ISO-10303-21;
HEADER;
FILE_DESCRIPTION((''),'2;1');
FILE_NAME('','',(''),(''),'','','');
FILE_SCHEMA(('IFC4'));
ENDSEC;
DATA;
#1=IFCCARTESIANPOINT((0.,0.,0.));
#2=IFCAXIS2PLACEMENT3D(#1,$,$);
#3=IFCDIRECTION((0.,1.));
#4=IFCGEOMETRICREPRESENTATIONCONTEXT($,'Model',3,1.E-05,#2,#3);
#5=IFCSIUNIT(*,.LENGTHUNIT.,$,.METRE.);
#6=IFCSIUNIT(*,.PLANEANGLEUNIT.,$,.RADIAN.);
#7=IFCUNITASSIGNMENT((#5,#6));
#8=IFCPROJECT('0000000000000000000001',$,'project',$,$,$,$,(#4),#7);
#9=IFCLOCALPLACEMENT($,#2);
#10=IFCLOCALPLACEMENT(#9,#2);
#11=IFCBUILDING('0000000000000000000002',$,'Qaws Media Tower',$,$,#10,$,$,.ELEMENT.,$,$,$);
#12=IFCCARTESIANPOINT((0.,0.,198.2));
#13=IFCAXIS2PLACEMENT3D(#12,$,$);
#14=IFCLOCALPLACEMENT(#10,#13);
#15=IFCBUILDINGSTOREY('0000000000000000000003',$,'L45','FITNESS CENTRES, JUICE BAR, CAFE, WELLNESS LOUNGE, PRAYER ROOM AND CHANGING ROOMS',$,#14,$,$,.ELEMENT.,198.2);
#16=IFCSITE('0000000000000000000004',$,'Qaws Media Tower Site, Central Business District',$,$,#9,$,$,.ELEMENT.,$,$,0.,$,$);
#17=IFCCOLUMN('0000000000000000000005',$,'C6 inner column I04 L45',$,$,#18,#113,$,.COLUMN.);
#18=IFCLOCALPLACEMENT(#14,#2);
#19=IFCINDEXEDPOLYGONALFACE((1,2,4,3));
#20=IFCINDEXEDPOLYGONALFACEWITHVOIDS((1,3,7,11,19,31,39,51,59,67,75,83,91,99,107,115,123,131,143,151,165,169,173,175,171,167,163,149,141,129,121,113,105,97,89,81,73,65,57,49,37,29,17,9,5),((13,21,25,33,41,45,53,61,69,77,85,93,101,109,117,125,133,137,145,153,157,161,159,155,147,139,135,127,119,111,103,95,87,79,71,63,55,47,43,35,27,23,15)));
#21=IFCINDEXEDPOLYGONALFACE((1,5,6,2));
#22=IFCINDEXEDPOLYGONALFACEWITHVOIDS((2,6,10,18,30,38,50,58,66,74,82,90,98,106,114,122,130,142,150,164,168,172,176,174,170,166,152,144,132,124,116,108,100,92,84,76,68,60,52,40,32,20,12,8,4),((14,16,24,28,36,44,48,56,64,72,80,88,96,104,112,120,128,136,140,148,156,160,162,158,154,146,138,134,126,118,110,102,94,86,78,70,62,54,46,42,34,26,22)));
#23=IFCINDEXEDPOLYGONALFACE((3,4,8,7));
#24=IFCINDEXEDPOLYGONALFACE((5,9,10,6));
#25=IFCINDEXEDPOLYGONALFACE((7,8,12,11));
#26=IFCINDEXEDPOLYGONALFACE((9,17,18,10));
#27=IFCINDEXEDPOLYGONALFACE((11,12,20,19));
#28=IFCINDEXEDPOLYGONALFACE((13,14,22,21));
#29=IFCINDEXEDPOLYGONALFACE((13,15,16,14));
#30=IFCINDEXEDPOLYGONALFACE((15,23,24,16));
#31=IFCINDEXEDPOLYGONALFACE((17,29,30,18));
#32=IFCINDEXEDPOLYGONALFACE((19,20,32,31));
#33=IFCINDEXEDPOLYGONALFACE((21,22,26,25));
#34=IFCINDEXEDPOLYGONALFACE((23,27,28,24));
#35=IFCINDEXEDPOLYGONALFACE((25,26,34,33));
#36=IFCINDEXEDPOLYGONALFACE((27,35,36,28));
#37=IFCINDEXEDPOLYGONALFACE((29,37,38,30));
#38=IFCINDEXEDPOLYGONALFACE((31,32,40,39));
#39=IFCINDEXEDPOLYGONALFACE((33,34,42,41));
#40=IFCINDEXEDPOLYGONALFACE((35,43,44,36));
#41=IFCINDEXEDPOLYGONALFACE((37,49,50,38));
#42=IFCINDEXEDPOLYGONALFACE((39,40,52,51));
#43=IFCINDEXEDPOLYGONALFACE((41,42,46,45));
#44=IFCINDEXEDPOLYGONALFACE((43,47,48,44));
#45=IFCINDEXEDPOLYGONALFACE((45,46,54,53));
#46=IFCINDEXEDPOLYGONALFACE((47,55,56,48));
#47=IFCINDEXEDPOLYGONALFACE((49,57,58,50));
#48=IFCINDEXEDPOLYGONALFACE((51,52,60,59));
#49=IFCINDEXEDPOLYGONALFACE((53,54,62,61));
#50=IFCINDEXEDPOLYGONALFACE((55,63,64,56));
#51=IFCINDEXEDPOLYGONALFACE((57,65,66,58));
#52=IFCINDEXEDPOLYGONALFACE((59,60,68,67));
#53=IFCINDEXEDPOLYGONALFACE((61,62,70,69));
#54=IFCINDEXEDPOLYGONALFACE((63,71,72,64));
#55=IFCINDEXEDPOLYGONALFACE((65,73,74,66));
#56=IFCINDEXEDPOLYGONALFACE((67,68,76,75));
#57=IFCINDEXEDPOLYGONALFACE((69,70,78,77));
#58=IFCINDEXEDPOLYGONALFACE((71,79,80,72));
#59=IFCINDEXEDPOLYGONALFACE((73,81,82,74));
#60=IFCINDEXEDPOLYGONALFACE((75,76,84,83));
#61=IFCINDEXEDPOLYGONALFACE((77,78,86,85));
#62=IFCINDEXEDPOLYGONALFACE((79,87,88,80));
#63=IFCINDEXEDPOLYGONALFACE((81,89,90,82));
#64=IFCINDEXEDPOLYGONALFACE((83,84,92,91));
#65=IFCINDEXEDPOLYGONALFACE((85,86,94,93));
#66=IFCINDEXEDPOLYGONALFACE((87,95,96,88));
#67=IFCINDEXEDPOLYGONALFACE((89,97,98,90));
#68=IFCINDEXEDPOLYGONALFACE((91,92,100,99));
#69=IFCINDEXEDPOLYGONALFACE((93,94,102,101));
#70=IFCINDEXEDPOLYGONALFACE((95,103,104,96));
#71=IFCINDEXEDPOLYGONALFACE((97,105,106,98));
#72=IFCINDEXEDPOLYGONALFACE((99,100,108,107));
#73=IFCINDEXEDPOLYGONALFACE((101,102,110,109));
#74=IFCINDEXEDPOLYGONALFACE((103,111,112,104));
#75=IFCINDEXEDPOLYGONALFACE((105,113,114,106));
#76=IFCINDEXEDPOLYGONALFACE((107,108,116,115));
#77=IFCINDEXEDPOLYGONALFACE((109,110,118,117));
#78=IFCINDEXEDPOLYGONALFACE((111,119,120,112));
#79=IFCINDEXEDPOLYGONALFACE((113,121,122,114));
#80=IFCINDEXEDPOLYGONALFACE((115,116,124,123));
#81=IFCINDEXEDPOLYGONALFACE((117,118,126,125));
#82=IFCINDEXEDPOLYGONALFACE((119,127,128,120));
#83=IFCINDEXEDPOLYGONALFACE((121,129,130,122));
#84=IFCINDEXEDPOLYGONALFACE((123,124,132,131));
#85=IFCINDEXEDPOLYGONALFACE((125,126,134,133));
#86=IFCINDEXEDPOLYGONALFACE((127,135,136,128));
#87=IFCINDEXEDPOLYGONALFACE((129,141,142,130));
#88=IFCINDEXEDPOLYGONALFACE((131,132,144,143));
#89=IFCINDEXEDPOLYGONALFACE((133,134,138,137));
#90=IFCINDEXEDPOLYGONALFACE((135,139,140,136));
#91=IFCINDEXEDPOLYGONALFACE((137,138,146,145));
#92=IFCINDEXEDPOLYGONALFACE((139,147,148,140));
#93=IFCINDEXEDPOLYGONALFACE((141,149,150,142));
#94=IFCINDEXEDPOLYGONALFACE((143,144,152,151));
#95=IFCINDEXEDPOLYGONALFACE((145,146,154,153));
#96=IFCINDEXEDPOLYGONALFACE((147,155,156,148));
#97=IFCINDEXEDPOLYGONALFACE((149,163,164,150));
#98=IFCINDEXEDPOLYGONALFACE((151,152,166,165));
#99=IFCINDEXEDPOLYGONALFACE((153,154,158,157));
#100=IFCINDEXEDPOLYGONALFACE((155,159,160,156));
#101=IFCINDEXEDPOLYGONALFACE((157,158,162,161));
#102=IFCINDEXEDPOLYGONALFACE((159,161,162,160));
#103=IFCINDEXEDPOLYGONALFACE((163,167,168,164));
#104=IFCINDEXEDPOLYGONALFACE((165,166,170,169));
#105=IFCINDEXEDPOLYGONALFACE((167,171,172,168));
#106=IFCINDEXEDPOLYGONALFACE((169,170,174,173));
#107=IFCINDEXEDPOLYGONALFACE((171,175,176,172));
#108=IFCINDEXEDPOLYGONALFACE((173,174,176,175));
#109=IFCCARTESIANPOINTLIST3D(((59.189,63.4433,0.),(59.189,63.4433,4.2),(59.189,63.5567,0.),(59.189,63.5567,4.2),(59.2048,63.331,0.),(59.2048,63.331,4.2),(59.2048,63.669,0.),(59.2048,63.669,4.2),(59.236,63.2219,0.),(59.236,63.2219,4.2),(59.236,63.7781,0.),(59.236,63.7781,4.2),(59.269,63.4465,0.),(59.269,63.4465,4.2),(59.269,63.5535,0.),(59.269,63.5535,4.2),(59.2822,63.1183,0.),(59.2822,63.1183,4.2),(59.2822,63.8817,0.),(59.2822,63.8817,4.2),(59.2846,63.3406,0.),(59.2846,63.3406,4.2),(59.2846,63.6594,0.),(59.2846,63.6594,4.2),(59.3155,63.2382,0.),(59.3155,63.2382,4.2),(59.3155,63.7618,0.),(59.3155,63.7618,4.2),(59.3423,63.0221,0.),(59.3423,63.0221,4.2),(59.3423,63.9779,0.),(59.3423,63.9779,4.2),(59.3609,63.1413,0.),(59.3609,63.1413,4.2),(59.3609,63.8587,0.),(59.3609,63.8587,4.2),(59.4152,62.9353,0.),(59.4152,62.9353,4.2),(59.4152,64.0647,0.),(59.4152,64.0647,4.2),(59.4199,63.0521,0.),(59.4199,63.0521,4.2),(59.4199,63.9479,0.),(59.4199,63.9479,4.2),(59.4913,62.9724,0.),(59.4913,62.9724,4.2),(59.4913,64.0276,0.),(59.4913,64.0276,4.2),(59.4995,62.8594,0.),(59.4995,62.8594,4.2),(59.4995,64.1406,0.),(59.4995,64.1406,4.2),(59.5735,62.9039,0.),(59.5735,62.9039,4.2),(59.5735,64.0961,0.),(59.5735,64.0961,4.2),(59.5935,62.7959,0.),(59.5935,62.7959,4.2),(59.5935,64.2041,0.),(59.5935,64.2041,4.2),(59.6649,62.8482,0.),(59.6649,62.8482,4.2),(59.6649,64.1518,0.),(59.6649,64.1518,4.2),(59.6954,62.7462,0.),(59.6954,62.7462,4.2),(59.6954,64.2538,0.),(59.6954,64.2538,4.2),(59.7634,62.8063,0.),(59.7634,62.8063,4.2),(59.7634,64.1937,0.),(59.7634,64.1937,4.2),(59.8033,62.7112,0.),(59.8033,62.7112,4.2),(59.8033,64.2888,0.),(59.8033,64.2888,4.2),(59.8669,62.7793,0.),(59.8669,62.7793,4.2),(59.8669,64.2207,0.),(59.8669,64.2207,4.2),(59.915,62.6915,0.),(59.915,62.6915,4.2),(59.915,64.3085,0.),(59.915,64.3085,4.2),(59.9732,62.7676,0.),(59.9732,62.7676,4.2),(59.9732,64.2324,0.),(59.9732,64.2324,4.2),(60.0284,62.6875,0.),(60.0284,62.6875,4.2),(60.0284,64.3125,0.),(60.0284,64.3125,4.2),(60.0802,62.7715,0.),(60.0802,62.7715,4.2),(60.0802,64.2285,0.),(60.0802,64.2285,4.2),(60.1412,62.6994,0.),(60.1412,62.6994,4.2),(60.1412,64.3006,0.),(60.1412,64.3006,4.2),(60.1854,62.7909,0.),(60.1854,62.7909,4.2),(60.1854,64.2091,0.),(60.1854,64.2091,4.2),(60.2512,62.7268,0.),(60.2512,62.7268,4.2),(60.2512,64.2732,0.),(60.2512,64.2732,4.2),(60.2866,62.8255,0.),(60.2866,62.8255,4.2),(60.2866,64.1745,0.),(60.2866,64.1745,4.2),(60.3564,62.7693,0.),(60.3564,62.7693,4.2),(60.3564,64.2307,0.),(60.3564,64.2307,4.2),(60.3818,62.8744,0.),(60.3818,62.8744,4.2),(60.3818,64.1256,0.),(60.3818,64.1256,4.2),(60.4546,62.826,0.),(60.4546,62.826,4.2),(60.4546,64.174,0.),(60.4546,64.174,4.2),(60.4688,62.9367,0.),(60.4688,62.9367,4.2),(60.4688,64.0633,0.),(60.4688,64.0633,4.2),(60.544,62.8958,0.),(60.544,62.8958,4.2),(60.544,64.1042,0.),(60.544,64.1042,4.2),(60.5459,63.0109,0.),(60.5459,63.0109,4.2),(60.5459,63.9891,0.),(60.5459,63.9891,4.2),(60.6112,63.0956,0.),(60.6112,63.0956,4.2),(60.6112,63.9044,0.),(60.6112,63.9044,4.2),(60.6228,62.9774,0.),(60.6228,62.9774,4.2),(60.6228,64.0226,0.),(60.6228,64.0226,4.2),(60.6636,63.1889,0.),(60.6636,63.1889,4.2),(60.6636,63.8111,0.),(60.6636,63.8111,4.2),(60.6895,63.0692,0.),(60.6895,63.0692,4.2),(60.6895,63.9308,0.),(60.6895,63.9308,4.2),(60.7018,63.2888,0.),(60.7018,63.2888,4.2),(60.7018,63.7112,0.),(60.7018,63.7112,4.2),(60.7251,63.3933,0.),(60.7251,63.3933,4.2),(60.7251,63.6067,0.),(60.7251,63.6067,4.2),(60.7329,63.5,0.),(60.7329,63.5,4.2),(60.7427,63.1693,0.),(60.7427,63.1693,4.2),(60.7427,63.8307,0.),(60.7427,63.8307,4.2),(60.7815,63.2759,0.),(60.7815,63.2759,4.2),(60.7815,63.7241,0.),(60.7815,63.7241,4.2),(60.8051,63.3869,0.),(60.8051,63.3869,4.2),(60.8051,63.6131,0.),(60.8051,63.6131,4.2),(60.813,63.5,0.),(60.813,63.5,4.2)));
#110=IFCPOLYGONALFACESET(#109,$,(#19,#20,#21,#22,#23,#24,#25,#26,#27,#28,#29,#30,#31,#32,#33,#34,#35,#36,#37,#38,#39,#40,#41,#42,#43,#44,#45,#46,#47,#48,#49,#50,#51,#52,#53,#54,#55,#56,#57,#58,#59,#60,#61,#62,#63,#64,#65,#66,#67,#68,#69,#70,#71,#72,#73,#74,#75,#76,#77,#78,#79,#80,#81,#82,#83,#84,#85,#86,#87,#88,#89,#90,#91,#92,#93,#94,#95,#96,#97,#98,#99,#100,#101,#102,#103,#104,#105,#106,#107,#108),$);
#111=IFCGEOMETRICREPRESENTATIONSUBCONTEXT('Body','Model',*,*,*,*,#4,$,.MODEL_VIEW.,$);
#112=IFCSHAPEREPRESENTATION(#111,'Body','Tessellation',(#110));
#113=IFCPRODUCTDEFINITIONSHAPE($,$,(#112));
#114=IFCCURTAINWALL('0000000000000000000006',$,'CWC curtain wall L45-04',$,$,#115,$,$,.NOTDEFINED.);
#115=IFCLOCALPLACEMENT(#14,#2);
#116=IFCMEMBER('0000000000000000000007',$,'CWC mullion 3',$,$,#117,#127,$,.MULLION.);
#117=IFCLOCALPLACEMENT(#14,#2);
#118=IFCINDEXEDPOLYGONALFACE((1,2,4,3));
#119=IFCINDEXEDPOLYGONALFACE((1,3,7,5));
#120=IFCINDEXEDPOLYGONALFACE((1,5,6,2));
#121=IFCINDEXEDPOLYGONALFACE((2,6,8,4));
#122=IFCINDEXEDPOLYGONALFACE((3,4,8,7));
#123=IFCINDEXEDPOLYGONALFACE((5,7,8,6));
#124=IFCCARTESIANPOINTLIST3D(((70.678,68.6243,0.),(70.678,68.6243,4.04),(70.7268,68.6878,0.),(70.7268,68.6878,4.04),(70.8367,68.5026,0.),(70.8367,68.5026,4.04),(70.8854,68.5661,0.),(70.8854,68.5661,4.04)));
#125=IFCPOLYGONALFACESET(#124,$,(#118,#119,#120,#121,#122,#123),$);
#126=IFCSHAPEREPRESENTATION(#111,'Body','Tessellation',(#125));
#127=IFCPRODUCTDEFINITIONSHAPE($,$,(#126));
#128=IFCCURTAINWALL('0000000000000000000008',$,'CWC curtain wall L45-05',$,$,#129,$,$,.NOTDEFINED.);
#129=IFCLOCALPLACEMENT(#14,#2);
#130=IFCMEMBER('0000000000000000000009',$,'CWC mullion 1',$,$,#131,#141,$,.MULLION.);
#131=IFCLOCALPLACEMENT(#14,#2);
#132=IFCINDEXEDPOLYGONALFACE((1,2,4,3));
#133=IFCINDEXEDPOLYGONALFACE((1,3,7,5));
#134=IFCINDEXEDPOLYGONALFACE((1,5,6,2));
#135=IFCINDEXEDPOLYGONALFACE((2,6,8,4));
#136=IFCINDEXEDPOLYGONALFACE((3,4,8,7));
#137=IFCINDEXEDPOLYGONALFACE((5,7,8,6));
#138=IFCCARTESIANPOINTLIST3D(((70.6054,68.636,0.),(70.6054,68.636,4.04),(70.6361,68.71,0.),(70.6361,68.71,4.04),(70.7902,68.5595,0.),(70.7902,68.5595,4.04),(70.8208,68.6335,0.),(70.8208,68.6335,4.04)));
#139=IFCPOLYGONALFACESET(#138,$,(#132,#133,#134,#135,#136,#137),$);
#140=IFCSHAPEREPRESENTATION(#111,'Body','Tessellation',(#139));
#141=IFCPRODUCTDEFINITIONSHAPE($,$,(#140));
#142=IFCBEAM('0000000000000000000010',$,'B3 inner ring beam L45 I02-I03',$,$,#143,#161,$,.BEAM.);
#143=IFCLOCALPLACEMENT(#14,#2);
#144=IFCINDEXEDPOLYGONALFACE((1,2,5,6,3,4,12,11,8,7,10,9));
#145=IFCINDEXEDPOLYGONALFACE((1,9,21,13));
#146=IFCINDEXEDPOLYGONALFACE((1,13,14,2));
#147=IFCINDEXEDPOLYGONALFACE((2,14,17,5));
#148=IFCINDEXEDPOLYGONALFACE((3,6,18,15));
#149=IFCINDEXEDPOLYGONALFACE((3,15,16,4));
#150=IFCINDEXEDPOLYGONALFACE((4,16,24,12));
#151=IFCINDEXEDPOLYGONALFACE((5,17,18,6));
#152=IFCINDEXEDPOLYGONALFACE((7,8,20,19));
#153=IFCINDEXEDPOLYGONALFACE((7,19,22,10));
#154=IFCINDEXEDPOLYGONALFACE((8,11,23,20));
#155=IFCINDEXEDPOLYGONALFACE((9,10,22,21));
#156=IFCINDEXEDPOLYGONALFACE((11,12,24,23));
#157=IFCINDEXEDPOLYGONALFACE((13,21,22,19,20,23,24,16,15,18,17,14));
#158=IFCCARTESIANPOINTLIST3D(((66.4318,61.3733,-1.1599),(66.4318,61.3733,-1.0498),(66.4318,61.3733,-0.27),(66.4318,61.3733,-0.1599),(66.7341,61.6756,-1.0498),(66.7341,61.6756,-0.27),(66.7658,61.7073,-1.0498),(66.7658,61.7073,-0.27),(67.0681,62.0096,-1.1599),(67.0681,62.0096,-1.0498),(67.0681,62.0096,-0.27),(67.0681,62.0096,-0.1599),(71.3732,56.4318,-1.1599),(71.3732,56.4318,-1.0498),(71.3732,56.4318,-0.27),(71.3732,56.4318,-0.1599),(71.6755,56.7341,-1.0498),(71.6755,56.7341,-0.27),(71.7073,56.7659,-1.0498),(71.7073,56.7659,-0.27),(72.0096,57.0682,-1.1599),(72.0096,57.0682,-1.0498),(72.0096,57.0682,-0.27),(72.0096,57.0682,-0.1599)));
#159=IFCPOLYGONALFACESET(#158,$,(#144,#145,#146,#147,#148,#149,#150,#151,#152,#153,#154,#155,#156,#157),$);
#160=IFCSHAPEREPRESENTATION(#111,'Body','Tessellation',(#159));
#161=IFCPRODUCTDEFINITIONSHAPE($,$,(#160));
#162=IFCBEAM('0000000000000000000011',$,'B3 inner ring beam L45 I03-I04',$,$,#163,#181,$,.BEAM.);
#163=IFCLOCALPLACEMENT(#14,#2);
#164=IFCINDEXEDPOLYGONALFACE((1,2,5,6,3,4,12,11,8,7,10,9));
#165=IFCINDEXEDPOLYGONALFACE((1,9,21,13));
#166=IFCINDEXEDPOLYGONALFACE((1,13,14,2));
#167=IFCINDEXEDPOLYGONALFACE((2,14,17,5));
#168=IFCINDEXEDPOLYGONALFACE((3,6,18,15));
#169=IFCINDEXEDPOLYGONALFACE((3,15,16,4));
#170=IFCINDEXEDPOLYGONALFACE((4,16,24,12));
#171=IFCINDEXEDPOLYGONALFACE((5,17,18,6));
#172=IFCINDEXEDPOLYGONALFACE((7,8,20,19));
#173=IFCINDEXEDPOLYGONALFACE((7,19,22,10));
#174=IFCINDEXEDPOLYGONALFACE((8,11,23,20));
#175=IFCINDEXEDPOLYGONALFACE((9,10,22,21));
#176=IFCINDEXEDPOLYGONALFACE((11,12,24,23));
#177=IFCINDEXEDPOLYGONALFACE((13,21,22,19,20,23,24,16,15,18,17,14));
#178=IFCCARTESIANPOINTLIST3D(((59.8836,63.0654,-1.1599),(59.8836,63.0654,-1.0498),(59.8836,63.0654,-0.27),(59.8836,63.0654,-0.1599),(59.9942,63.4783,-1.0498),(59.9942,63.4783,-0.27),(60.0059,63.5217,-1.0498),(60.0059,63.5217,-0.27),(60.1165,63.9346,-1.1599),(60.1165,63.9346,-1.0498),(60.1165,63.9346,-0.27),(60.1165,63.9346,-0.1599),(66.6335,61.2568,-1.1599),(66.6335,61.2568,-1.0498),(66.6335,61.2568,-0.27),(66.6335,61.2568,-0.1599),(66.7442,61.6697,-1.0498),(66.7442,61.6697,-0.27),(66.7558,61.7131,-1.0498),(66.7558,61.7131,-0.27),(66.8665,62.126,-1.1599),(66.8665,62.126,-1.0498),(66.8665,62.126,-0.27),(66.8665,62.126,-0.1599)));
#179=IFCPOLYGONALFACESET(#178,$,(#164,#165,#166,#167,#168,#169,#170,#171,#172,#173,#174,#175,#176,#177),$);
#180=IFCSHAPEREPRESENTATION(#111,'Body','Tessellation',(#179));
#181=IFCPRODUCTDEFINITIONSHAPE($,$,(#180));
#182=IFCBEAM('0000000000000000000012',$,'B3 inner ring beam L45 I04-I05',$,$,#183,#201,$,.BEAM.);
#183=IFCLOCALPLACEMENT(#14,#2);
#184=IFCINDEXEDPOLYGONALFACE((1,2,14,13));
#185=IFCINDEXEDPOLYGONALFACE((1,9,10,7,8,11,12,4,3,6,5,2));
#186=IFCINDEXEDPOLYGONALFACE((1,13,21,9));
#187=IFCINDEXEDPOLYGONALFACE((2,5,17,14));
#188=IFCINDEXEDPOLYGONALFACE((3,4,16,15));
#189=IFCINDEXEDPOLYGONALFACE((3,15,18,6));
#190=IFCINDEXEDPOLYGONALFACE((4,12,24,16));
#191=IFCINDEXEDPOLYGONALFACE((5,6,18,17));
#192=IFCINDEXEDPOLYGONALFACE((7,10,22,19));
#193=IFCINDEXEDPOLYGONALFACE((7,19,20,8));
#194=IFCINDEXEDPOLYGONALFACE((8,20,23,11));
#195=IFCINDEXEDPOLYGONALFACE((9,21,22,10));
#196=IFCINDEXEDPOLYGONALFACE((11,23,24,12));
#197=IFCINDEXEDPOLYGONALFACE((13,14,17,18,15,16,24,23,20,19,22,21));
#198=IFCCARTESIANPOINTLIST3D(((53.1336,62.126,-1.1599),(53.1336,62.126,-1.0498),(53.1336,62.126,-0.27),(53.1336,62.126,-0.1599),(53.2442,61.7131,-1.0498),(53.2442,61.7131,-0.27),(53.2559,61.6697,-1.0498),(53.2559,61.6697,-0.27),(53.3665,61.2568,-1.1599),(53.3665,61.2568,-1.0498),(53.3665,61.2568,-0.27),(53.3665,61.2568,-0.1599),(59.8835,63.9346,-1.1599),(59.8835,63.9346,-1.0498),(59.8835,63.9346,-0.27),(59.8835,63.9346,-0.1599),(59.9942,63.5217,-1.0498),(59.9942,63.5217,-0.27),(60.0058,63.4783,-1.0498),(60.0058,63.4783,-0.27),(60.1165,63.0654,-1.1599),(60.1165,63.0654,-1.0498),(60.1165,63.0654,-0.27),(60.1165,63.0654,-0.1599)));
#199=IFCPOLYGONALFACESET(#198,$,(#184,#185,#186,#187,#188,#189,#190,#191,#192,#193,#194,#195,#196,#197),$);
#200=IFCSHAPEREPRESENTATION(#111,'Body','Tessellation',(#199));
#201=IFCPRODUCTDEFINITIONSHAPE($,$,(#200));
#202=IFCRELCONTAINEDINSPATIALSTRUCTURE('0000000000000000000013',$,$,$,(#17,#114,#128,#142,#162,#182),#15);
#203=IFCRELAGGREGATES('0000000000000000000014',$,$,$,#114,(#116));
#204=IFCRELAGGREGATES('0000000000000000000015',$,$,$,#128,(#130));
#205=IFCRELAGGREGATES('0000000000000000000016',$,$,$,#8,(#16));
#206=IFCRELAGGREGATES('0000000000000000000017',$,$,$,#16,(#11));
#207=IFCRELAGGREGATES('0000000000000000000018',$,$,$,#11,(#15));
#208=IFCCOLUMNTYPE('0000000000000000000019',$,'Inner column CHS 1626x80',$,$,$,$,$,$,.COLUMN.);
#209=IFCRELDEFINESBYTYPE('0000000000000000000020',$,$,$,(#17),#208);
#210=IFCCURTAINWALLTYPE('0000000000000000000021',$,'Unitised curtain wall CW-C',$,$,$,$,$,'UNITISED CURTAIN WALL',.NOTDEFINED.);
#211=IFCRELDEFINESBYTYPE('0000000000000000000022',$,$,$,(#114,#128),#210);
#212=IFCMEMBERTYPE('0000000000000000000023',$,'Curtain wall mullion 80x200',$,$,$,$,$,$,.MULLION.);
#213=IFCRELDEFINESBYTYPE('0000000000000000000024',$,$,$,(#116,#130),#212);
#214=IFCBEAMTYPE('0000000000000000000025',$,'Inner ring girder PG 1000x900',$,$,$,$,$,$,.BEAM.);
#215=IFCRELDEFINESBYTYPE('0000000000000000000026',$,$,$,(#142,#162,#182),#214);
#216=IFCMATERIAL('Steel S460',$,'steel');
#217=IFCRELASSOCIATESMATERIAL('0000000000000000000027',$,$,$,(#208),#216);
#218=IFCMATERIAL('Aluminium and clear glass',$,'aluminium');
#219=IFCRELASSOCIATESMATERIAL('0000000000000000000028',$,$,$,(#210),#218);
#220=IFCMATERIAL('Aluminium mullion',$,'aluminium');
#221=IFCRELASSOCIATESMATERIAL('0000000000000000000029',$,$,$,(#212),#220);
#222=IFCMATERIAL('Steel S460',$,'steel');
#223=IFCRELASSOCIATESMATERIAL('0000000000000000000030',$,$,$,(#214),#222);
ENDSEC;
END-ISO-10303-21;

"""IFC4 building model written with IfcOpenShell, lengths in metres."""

from ifc_helpers import new_model, si_unit, direction, frame, origin, origin_2d, place, context, subcontext, project, spatial, rectangle, hollow_circle, i_section, extrude, material, material_profile, profile_set, type_object, element, aggregate, save


model = new_model("IFC4")

# Units and contexts
model_context = context("Model", 3, precision=1e-05, world=origin(), true_north=direction((0.0, 1.0)))
body_context = subcontext(model_context, "Body", "Model", "MODEL_VIEW")
ifc_project = project(units=[si_unit("LENGTHUNIT", "METRE"), si_unit("PLANEANGLEUNIT", "RADIAN")], contexts=[model_context])

# Site, building, storey
site_placement = place(None, origin())
site = spatial("IfcSite", under=ifc_project, at=site_placement, Name="Qaws Media Tower Site, Central Business District", CompositionType="ELEMENT", RefElevation=0.0)
building_placement = place(site_placement, origin())
building = spatial("IfcBuilding", under=site, at=building_placement, Name="Qaws Media Tower", CompositionType="ELEMENT")
storey_placement = place(building_placement, frame((0.0, 0.0, 198.2)))
storey = spatial("IfcBuildingStorey", under=building, at=storey_placement, Name="L45", Description="FITNESS CENTRES, JUICE BAR, CAFE, WELLNESS LOUNGE, PRAYER ROOM AND CHANGING ROOMS", CompositionType="ELEMENT", Elevation=198.2)

# Column
ifc_material_1 = material(Name="Steel S460", Category="steel")
ifc_material_profile_1 = material_profile(ifc_material_1, hollow_circle(Radius=0.813, WallThickness=0.0801, at=origin_2d()), Name="CHS 1626x80")
ifc_profile_set_1 = profile_set([ifc_material_profile_1], Name="Steel S460")
column_type = type_object("IfcColumnType", Name="Inner column CHS 1626x80", PredefinedType="COLUMN", material=ifc_profile_set_1)
for number, where, z_axis, x_axis, name in (
    (1, (60.0, 63.5, 0.0), (0.0, 0.0, 1.0), (1.0, 0.0, 0.0), "C6 inner column I04 L45"),
):
    element("IfcColumn", number, at=place(storey_placement, frame(where, z_axis=z_axis, x_axis=x_axis)), inside=storey, type_object=column_type, Name=name, PredefinedType="COLUMN", context=body_context, shape_type="SweptSolid", body=[
        extrude(hollow_circle(Radius=0.813, WallThickness=0.0801, at=origin_2d()), origin(), (0.0, 0.0, 1.0), 4.2),
    ])

# Curtain walls, members
ifc_material_2 = material(Name="Aluminium and clear glass", Category="aluminium")
curtain_wall_type = type_object("IfcCurtainWallType", Name="Unitised curtain wall CW-C", ElementType="UNITISED CURTAIN WALL", PredefinedType="NOTDEFINED", material=ifc_material_2)
curtain_wall_1_placement = place(storey_placement, origin())
curtain_wall_1 = element("IfcCurtainWall", 2, at=curtain_wall_1_placement, inside=storey, type_object=curtain_wall_type, Name="CWC curtain wall L45-04", PredefinedType="NOTDEFINED")
ifc_material_3 = material(Name="Aluminium mullion", Category="aluminium")
ifc_material_profile_2 = material_profile(ifc_material_3, rectangle(XDim=0.0801, YDim=0.2, at=origin_2d()), Name="80x200")
ifc_profile_set_2 = profile_set([ifc_material_profile_2], Name="Aluminium mullion")
member_type = type_object("IfcMemberType", Name="Curtain wall mullion 80x200", PredefinedType="MULLION", material=ifc_profile_set_2)
member_1_placement = place(storey_placement, frame((70.7817, 68.5952, 0.0), z_axis=(0.0, 0.0, 1.0), x_axis=(-0.608761, -0.793353, 0.0)))
member_1 = element("IfcMember", 3, at=member_1_placement, type_object=member_type, Name="CWC mullion 3", PredefinedType="MULLION", context=body_context, shape_type="SweptSolid", body=[
    extrude(rectangle(XDim=0.0801, YDim=0.2, at=origin_2d()), origin(), (0.0, 0.0, 1.0), 4.04),
])
aggregate(curtain_wall_1, [member_1])
curtain_wall_2_placement = place(storey_placement, origin())
curtain_wall_2 = element("IfcCurtainWall", 4, at=curtain_wall_2_placement, inside=storey, type_object=curtain_wall_type, Name="CWC curtain wall L45-05", PredefinedType="NOTDEFINED")
member_2_placement = place(storey_placement, frame((70.7131, 68.6348, 0.0), z_axis=(0.0, 0.0, 1.0), x_axis=(-0.382683, -0.92388, 0.0)))
member_2 = element("IfcMember", 5, at=member_2_placement, type_object=member_type, Name="CWC mullion 1", PredefinedType="MULLION", context=body_context, shape_type="SweptSolid", body=[
    extrude(rectangle(XDim=0.0801, YDim=0.2, at=origin_2d()), origin(), (0.0, 0.0, 1.0), 4.04),
])
aggregate(curtain_wall_2, [member_2])

# Beams
ifc_material_4 = material(Name="Steel S460", Category="steel")
ifc_material_profile_3 = material_profile(ifc_material_4, i_section(OverallWidth=0.8999, OverallDepth=1.0, WebThickness=0.0449, FlangeThickness=0.1101, at=origin_2d()), Name="PG 1000x900")
ifc_profile_set_3 = profile_set([ifc_material_profile_3], Name="Steel S460")
beam_type_1 = type_object("IfcBeamType", Name="Inner ring girder PG 1000x900", PredefinedType="BEAM", material=ifc_profile_set_3)
beam_1_placement = place(storey_placement, frame((71.6914, 56.75, -0.6599), z_axis=(-0.707107, 0.707107, 0.0), x_axis=(-0.707107, -0.707107, 0.0)))
element("IfcBeam", 6, at=beam_1_placement, inside=storey, type_object=beam_type_1, Name="B3 inner ring beam L45 I02-I03", PredefinedType="BEAM", context=body_context, shape_type="SweptSolid", body=[
    extrude(i_section(OverallWidth=0.8999, OverallDepth=1.0, WebThickness=0.0449, FlangeThickness=0.1101, at=origin_2d()), origin(), (0.0, 0.0, 1.0), 6.9883),
])
for number, where, z_axis, x_axis, name in (
    (7, (66.75, 61.6914, -0.6599), (-0.965928, 0.258811, 0.0), (-0.258811, -0.965928, 0.0), "B3 inner ring beam L45 I03-I04"),
    (8, (60.0, 63.5, -0.6599), (-0.965928, -0.258811, 0.0), (0.258811, -0.965928, 0.0), "B3 inner ring beam L45 I04-I05"),
):
    element("IfcBeam", number, at=place(storey_placement, frame(where, z_axis=z_axis, x_axis=x_axis)), inside=storey, type_object=beam_type_1, Name=name, PredefinedType="BEAM", context=body_context, shape_type="SweptSolid", body=[
        extrude(i_section(OverallWidth=0.8999, OverallDepth=1.0, WebThickness=0.0449, FlangeThickness=0.1101, at=origin_2d()), origin(), (0.0, 0.0, 1.0), 6.988),
    ])

save(model, "model.ifc")
